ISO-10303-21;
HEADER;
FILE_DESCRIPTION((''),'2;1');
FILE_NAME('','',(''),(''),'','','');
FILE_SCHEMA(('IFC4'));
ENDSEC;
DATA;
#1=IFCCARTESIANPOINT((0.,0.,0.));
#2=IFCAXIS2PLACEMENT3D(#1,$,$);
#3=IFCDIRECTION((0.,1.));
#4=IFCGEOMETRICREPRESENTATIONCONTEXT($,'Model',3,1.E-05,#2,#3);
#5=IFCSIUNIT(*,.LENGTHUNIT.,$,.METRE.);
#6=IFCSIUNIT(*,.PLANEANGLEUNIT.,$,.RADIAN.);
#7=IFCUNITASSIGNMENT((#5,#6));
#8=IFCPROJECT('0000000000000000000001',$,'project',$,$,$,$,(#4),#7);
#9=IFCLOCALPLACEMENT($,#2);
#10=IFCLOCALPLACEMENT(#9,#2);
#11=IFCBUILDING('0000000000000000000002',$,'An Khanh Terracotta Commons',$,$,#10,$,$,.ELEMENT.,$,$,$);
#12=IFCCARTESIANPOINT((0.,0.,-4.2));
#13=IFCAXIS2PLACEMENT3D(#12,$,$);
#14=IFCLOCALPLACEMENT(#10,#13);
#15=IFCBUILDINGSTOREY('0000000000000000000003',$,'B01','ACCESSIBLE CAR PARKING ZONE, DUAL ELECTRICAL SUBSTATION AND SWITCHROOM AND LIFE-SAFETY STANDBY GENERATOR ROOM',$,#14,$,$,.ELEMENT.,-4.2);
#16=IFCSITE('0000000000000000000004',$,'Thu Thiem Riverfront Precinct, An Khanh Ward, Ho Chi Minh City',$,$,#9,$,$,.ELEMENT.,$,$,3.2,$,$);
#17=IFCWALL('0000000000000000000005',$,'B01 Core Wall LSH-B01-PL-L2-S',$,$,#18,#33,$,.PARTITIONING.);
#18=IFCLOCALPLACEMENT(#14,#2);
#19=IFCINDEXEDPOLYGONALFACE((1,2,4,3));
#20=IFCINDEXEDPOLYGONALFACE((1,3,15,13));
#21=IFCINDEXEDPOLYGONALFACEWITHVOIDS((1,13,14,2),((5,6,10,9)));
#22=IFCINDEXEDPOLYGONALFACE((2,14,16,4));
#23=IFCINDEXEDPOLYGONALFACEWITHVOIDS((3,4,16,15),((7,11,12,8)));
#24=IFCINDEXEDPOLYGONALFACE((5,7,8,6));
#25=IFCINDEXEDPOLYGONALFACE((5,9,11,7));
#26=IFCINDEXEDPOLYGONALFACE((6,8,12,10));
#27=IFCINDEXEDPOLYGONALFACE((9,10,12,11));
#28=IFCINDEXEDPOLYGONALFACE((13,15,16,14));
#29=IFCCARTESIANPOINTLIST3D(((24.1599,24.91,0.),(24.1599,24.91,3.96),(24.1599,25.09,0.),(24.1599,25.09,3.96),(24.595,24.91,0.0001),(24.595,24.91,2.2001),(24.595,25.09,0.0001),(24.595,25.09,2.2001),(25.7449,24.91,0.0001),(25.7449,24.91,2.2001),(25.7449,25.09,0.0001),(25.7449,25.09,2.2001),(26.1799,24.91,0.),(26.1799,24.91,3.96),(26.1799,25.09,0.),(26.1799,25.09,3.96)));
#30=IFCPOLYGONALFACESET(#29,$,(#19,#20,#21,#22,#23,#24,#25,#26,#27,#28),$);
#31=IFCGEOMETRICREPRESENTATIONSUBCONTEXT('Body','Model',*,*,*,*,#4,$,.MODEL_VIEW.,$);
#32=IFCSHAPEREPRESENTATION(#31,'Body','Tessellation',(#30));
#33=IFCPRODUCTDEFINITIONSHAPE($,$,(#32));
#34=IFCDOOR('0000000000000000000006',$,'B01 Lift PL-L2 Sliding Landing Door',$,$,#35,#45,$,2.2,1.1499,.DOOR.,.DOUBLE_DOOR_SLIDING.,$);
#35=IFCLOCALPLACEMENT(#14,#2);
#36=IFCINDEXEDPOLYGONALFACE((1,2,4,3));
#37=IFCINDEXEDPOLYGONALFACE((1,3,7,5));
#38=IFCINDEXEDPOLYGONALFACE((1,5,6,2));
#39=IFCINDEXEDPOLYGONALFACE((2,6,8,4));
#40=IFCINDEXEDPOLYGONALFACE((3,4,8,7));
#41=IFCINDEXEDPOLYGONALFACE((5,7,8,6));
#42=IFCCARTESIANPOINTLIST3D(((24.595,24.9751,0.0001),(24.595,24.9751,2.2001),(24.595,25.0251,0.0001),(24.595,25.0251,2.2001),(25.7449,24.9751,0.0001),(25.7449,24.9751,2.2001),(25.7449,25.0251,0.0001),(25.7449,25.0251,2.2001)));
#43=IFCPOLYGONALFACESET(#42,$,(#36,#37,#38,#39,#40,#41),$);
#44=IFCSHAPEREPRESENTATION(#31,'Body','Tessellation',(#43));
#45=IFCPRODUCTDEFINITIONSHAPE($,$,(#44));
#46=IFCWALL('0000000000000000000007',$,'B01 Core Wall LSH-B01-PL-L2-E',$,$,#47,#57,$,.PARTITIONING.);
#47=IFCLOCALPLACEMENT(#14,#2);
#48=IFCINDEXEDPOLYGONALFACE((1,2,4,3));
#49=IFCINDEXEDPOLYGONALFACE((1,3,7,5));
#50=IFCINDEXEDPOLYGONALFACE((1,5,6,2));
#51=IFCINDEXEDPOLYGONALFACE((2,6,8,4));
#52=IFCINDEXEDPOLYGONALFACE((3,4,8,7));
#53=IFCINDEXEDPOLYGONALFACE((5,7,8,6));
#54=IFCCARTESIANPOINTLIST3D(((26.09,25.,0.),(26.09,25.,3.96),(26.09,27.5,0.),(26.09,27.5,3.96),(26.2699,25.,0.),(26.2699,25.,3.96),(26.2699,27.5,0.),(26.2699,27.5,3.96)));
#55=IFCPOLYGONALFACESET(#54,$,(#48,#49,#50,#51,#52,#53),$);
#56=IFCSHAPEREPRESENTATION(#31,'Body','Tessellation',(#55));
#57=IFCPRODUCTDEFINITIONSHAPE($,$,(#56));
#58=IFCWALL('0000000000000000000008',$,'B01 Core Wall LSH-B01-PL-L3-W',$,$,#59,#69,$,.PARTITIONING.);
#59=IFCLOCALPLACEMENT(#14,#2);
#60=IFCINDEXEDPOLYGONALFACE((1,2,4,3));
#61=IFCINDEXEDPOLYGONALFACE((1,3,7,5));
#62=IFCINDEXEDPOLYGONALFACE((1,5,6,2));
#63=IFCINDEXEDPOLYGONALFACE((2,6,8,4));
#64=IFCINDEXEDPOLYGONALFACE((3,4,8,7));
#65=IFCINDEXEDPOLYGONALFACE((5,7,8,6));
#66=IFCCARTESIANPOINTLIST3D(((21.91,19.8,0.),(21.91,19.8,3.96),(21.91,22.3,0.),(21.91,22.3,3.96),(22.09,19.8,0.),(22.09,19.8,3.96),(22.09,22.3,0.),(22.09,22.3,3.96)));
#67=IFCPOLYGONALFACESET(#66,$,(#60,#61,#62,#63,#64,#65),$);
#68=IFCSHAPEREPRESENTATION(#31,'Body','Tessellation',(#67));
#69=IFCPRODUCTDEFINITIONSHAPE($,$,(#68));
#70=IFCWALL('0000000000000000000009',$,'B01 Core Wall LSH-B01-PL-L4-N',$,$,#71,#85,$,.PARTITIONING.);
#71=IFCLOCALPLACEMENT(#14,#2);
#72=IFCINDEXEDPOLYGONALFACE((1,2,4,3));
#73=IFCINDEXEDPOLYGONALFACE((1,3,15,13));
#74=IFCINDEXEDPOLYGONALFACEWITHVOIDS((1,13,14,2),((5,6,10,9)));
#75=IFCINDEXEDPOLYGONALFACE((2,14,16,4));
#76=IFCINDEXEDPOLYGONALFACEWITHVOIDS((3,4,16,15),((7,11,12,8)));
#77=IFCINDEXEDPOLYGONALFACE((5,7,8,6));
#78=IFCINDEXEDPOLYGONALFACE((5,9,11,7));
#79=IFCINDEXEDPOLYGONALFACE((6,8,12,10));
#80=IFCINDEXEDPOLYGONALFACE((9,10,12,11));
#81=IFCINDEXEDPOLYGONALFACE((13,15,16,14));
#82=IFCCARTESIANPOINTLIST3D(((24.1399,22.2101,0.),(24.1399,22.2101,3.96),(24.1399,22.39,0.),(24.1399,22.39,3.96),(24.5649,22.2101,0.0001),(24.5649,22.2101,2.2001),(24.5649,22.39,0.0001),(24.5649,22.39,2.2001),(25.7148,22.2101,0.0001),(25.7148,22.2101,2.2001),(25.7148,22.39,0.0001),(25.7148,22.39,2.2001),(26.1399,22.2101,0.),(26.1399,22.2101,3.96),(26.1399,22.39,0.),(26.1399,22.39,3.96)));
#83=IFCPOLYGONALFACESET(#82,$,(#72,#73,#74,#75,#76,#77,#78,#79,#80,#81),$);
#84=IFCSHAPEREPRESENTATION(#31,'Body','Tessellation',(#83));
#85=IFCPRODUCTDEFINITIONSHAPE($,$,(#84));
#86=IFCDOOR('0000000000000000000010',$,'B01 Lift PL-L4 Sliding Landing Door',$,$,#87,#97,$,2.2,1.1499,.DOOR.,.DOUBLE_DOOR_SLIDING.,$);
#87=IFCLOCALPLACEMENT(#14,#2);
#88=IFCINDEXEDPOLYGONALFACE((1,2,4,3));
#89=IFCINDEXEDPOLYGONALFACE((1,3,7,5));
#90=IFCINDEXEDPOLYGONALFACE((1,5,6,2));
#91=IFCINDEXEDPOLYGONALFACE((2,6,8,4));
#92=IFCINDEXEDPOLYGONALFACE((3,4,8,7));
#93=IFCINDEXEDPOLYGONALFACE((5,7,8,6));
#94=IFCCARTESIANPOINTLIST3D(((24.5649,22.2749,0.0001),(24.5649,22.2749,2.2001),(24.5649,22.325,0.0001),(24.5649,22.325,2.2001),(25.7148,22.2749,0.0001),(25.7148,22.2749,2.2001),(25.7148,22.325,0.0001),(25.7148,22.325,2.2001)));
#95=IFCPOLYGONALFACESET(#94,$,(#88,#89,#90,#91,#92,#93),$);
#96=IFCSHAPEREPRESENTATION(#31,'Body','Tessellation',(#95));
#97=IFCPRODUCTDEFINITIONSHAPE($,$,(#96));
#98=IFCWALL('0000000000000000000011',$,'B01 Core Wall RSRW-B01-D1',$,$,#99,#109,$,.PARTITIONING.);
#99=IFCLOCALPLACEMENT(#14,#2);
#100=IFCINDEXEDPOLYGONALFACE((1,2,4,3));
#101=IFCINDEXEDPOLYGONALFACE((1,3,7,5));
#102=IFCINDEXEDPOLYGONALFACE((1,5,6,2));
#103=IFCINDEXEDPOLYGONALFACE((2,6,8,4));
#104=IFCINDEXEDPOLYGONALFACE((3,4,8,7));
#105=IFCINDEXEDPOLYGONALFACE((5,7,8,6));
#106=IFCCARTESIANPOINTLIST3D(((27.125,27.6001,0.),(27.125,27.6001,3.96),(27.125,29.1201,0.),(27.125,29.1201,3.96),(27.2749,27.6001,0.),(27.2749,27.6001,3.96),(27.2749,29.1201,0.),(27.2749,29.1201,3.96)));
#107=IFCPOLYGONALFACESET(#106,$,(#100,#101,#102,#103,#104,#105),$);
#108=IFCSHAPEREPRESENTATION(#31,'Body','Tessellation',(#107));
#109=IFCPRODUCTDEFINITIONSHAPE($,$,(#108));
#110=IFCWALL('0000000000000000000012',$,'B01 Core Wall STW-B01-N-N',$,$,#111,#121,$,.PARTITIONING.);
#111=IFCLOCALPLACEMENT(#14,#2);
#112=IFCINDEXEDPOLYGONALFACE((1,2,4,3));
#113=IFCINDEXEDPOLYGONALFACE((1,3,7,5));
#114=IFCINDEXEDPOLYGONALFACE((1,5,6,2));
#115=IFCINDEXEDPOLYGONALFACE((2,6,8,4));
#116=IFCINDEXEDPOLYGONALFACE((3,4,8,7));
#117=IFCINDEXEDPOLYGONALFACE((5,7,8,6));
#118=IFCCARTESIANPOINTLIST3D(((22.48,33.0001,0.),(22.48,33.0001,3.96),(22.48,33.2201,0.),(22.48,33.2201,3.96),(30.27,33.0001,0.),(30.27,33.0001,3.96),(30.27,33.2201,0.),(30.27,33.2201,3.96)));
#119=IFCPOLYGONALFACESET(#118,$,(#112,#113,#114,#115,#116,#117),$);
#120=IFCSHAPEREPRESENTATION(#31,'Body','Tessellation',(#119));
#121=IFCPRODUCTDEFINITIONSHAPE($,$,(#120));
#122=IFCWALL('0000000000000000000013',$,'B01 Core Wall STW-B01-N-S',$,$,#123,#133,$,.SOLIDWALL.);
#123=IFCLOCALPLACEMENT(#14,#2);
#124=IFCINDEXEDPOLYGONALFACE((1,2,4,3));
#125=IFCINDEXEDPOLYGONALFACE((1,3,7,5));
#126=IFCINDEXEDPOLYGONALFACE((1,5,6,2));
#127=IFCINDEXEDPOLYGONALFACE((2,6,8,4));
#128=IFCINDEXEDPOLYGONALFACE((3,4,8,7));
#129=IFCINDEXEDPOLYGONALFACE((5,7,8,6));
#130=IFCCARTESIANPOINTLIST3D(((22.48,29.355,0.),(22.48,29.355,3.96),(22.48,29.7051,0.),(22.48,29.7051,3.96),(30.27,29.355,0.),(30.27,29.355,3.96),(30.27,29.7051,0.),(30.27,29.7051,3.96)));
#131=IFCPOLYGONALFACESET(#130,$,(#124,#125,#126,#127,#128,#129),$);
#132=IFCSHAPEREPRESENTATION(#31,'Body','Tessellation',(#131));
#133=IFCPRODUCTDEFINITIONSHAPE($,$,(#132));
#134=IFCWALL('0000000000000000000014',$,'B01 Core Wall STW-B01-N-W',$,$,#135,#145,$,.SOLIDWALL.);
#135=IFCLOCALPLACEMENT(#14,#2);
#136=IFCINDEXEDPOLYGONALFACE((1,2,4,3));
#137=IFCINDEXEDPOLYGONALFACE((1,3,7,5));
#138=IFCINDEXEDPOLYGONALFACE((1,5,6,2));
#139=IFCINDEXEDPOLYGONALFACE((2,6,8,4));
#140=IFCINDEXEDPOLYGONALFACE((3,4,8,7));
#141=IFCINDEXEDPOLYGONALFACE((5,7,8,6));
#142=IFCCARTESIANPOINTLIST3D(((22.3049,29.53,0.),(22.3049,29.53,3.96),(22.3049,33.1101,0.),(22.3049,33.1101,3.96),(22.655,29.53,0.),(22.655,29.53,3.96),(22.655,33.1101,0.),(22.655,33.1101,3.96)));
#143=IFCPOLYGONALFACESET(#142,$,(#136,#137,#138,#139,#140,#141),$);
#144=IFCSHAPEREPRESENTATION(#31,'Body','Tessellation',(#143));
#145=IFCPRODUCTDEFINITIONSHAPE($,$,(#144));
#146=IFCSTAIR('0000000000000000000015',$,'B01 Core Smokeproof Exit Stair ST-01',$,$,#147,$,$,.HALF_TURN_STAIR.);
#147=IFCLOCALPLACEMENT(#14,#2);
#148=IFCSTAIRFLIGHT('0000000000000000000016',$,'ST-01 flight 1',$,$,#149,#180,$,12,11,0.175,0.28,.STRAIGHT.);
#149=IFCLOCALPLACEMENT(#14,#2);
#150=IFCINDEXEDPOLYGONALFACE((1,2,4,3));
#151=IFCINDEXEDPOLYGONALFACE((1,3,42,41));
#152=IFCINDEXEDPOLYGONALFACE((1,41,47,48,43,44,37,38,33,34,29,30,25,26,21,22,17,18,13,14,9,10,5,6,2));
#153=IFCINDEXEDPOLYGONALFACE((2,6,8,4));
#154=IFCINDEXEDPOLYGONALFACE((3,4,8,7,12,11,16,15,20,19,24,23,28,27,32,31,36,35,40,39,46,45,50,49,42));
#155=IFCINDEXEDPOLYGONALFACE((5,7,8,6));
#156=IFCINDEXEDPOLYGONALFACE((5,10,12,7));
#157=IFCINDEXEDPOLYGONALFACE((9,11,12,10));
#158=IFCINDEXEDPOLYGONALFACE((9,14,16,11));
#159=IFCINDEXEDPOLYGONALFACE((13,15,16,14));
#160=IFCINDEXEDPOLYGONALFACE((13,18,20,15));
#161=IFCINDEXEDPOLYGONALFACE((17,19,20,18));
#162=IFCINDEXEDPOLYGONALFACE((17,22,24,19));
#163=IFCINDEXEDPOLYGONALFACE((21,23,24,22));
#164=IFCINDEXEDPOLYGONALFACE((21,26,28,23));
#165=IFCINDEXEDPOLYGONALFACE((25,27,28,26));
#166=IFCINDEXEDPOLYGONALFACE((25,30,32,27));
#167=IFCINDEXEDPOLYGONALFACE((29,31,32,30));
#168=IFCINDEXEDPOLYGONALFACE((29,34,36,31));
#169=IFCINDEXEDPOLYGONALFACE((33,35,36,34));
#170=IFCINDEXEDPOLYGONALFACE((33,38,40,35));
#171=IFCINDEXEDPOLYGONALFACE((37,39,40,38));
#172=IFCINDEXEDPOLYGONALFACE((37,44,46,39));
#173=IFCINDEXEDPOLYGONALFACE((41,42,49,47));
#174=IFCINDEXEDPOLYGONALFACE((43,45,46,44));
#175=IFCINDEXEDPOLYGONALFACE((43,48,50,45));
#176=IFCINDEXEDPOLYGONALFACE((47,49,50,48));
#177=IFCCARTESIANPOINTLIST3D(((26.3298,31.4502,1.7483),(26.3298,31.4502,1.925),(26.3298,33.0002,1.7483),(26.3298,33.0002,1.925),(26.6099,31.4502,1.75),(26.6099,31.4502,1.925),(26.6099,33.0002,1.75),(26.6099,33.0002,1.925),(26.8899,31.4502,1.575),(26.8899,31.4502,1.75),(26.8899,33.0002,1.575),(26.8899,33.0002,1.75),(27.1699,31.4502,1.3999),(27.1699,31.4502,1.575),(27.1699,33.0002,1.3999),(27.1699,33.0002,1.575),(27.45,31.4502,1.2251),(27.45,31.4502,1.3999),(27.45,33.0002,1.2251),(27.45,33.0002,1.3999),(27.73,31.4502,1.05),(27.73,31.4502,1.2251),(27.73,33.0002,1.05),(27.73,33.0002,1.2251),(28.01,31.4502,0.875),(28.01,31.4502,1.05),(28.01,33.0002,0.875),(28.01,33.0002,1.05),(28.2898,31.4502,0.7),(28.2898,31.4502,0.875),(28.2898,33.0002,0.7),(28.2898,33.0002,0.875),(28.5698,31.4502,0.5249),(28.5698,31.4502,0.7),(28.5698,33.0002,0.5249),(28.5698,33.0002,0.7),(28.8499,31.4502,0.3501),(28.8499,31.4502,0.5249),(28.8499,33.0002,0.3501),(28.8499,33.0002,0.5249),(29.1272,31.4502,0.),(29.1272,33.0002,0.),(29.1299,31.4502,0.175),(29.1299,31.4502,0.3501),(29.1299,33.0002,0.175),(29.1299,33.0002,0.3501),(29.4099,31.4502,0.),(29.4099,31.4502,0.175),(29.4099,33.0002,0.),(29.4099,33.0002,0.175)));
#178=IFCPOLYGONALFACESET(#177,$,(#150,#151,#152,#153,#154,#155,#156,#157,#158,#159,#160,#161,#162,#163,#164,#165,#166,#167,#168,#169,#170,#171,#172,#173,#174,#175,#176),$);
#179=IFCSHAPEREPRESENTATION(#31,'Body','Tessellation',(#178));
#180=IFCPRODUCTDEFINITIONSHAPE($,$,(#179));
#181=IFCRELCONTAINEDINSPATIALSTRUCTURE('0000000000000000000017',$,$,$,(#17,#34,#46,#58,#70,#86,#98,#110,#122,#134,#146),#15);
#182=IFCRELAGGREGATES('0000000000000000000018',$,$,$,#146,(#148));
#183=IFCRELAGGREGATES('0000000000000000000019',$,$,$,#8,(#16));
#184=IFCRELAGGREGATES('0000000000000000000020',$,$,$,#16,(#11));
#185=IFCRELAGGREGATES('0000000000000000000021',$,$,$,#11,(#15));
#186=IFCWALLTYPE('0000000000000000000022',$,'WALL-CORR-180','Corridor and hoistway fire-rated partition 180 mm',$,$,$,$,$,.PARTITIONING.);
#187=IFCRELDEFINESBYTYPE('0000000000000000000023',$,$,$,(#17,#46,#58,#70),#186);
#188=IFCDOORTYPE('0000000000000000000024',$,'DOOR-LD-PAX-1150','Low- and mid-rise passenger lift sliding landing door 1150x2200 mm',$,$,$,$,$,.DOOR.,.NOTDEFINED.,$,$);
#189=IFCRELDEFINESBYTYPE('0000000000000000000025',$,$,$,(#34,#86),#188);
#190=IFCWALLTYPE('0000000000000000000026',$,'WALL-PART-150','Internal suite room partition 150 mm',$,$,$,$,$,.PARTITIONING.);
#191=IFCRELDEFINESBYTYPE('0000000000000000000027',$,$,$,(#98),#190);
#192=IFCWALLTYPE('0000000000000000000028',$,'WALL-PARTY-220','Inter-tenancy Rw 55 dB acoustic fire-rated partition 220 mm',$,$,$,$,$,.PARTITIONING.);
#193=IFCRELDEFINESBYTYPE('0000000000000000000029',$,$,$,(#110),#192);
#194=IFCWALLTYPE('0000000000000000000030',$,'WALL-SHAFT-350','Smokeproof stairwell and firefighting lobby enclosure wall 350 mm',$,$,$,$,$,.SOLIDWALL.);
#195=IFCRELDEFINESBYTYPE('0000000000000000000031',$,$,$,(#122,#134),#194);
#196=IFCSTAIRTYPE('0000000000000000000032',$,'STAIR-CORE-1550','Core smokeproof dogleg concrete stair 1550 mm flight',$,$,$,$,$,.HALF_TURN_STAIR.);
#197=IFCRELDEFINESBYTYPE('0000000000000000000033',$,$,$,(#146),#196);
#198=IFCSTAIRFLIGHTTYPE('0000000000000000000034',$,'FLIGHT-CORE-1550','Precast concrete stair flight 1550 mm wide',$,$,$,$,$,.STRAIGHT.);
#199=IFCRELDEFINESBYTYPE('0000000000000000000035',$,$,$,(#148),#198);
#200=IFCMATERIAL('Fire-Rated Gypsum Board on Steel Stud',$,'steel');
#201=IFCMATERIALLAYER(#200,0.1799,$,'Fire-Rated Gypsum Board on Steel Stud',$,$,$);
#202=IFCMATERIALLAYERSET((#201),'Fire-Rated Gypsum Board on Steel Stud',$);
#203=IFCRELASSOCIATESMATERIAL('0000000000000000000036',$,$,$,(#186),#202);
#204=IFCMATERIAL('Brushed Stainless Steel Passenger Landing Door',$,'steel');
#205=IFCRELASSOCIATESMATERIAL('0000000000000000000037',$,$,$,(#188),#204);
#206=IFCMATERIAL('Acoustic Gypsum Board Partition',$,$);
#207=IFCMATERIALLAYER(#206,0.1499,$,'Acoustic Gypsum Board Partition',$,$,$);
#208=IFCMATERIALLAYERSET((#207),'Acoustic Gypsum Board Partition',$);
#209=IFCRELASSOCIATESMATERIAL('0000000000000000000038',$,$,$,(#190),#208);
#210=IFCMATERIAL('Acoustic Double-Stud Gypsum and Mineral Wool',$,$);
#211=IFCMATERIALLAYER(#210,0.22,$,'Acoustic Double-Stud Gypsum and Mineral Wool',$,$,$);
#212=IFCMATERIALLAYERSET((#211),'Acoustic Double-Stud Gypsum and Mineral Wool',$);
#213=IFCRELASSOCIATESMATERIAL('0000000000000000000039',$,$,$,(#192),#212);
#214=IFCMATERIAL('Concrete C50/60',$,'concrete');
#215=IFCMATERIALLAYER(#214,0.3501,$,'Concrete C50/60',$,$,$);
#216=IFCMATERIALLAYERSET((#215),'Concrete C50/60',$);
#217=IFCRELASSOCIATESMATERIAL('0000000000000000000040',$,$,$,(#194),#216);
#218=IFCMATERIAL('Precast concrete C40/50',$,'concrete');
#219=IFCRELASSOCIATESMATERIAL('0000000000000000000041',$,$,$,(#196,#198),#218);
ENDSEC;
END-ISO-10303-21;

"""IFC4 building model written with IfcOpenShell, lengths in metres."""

from ifc_helpers import new_model, si_unit, direction, frame, frame_2d, origin, place, context, subcontext, project, spatial, polyline, rectangle, outline, extrude, material, layer, layer_set, type_object, element, fill, aggregate, save


model = new_model("IFC4")

# Units and contexts
model_context = context("Model", 3, precision=1e-05, world=origin(), true_north=direction((0.0, 1.0)))
body_context = subcontext(model_context, "Body", "Model", "MODEL_VIEW")
ifc_project = project(units=[si_unit("LENGTHUNIT", "METRE"), si_unit("PLANEANGLEUNIT", "RADIAN")], contexts=[model_context])

# Site, building, storey
site_placement = place(None, origin())
site = spatial("IfcSite", under=ifc_project, at=site_placement, Name="Thu Thiem Riverfront Precinct, An Khanh Ward, Ho Chi Minh City", CompositionType="ELEMENT", RefElevation=3.2)
building_placement = place(site_placement, origin())
building = spatial("IfcBuilding", under=site, at=building_placement, Name="An Khanh Terracotta Commons", CompositionType="ELEMENT")
storey_placement = place(building_placement, frame((0.0, 0.0, -4.2)))
storey = spatial("IfcBuildingStorey", under=building, at=storey_placement, Name="B01", Description="ACCESSIBLE CAR PARKING ZONE, DUAL ELECTRICAL SUBSTATION AND SWITCHROOM AND LIFE-SAFETY STANDBY GENERATOR ROOM", CompositionType="ELEMENT", Elevation=-4.2)

# Shared definitions
ifc_material_1 = material(Name="Fire-Rated Gypsum Board on Steel Stud", Category="steel")
ifc_layer_1 = layer(ifc_material_1, 0.1799, Name="Fire-Rated Gypsum Board on Steel Stud")
ifc_layer_set_1 = layer_set([ifc_layer_1], Name="Fire-Rated Gypsum Board on Steel Stud")
wall_type_1 = type_object("IfcWallType", Name="WALL-CORR-180", Description="Corridor and hoistway fire-rated partition 180 mm", PredefinedType="PARTITIONING", material=ifc_layer_set_1)

# Shared definitions
ifc_material_2 = material(Name="Brushed Stainless Steel Passenger Landing Door", Category="steel")
door_type = type_object("IfcDoorType", Name="DOOR-LD-PAX-1150", Description="Low- and mid-rise passenger lift sliding landing door 1150x2200 mm", OperationType="NOTDEFINED", PredefinedType="DOOR", material=ifc_material_2)

# Wall, opening, door
wall_1_placement = place(storey_placement, frame((26.1799, 25.0, 0.0), z_axis=(0.0, 0.0, 1.0), x_axis=(-1.0, 0.0, 0.0)))
wall_1 = element("IfcWall", 1, at=wall_1_placement, inside=storey, type_object=wall_type_1, Name="B01 Core Wall LSH-B01-PL-L2-S", PredefinedType="PARTITIONING", context=body_context, shape_type="SweptSolid", body=[
    extrude(rectangle(XDim=2.02, YDim=0.1799, at=frame_2d((1.01, 0.0))), origin(), (0.0, 0.0, 1.0), 3.96),
])
opening_1_placement = place(wall_1_placement, frame((0.4351, 0.0, 0.0)))
opening_1 = element("IfcOpeningElement", 2, at=opening_1_placement, cuts=wall_1, PredefinedType="OPENING", context=body_context, shape_type="SweptSolid", body=[
    extrude(rectangle(XDim=1.1499, YDim=2.2, at=frame_2d((0.575, 1.1001))), frame((0.0, 0.0999, 0.0), z_axis=(0.0, -1.0, 0.0), x_axis=(1.0, 0.0, 0.0)), (0.0, 0.0, 1.0), 0.2),
])
door_1_placement = place(opening_1_placement, origin())
door_1 = element("IfcDoor", 3, at=door_1_placement, inside=storey, type_object=door_type, Name="B01 Lift PL-L2 Sliding Landing Door", OperationType="DOUBLE_DOOR_SLIDING", OverallHeight=2.2, OverallWidth=1.1499, PredefinedType="DOOR", context=body_context, shape_type="SweptSolid", body=[
    extrude(rectangle(XDim=1.1499, YDim=2.2, at=frame_2d((0.575, 1.1001))), frame((0.0, 0.0249, 0.0), z_axis=(0.0, -1.0, 0.0), x_axis=(1.0, 0.0, 0.0)), (0.0, 0.0, 1.0), 0.05),
])
fill(opening_1, door_1)

# Walls
for number, where, z_axis, x_axis, name in (
    (4, (26.1799, 25.0, 0.0), (0.0, 0.0, 1.0), (0.0, 1.0, 0.0), "B01 Core Wall LSH-B01-PL-L2-E"),
    (5, (22.0, 22.3, 0.0), (0.0, 0.0, 1.0), (0.0, -1.0, 0.0), "B01 Core Wall LSH-B01-PL-L3-W"),
):
    element("IfcWall", number, at=place(storey_placement, frame(where, z_axis=z_axis, x_axis=x_axis)), inside=storey, type_object=wall_type_1, Name=name, PredefinedType="PARTITIONING", context=body_context, shape_type="SweptSolid", body=[
        extrude(rectangle(XDim=2.5, YDim=0.1799, at=frame_2d((1.25, 0.0))), origin(), (0.0, 0.0, 1.0), 3.96),
    ])

# Wall, opening, door
wall_2_placement = place(storey_placement, frame((24.1399, 22.3, 0.0), z_axis=(0.0, 0.0, 1.0), x_axis=(1.0, 0.0, 0.0)))
wall_2 = element("IfcWall", 6, at=wall_2_placement, inside=storey, type_object=wall_type_1, Name="B01 Core Wall LSH-B01-PL-L4-N", PredefinedType="PARTITIONING", context=body_context, shape_type="SweptSolid", body=[
    extrude(rectangle(XDim=2.0, YDim=0.1799, at=frame_2d((1.0, 0.0))), origin(), (0.0, 0.0, 1.0), 3.96),
])
opening_2_placement = place(wall_2_placement, frame((0.425, 0.0, 0.0)))
opening_2 = element("IfcOpeningElement", 7, at=opening_2_placement, cuts=wall_2, PredefinedType="OPENING", context=body_context, shape_type="SweptSolid", body=[
    extrude(rectangle(XDim=1.1499, YDim=2.2, at=frame_2d((0.575, 1.1001))), frame((0.0, 0.0999, 0.0), z_axis=(0.0, -1.0, 0.0), x_axis=(1.0, 0.0, 0.0)), (0.0, 0.0, 1.0), 0.2),
])
door_2_placement = place(opening_2_placement, origin())
door_2 = element("IfcDoor", 8, at=door_2_placement, inside=storey, type_object=door_type, Name="B01 Lift PL-L4 Sliding Landing Door", OperationType="DOUBLE_DOOR_SLIDING", OverallHeight=2.2, OverallWidth=1.1499, PredefinedType="DOOR", context=body_context, shape_type="SweptSolid", body=[
    extrude(rectangle(XDim=1.1499, YDim=2.2, at=frame_2d((0.575, 1.1001))), frame((0.0, 0.0249, 0.0), z_axis=(0.0, -1.0, 0.0), x_axis=(1.0, 0.0, 0.0)), (0.0, 0.0, 1.0), 0.05),
])
fill(opening_2, door_2)

# Walls
ifc_material_3 = material(Name="Acoustic Gypsum Board Partition")
ifc_layer_2 = layer(ifc_material_3, 0.1499, Name="Acoustic Gypsum Board Partition")
ifc_layer_set_2 = layer_set([ifc_layer_2], Name="Acoustic Gypsum Board Partition")
wall_type_2 = type_object("IfcWallType", Name="WALL-PART-150", Description="Internal suite room partition 150 mm", PredefinedType="PARTITIONING", material=ifc_layer_set_2)
wall_3_placement = place(storey_placement, frame((27.2, 27.6001, 0.0), z_axis=(0.0, 0.0, 1.0), x_axis=(0.0, 1.0, 0.0)))
element("IfcWall", 9, at=wall_3_placement, inside=storey, type_object=wall_type_2, Name="B01 Core Wall RSRW-B01-D1", PredefinedType="PARTITIONING", context=body_context, shape_type="SweptSolid", body=[
    extrude(rectangle(XDim=1.52, YDim=0.1499, at=frame_2d((0.76, 0.0))), origin(), (0.0, 0.0, 1.0), 3.96),
])
ifc_material_4 = material(Name="Acoustic Double-Stud Gypsum and Mineral Wool")
ifc_layer_3 = layer(ifc_material_4, 0.22, Name="Acoustic Double-Stud Gypsum and Mineral Wool")
ifc_layer_set_3 = layer_set([ifc_layer_3], Name="Acoustic Double-Stud Gypsum and Mineral Wool")
wall_type_3 = type_object("IfcWallType", Name="WALL-PARTY-220", Description="Inter-tenancy Rw 55 dB acoustic fire-rated partition 220 mm", PredefinedType="PARTITIONING", material=ifc_layer_set_3)
wall_4_placement = place(storey_placement, frame((22.48, 33.1101, 0.0), z_axis=(0.0, 0.0, 1.0), x_axis=(1.0, 0.0, 0.0)))
element("IfcWall", 10, at=wall_4_placement, inside=storey, type_object=wall_type_3, Name="B01 Core Wall STW-B01-N-N", PredefinedType="PARTITIONING", context=body_context, shape_type="SweptSolid", body=[
    extrude(rectangle(XDim=7.79, YDim=0.22, at=frame_2d((3.895, 0.0))), origin(), (0.0, 0.0, 1.0), 3.96),
])
ifc_material_5 = material(Name="Concrete C50/60", Category="concrete")
ifc_layer_4 = layer(ifc_material_5, 0.3501, Name="Concrete C50/60")
ifc_layer_set_4 = layer_set([ifc_layer_4], Name="Concrete C50/60")
wall_type_4 = type_object("IfcWallType", Name="WALL-SHAFT-350", Description="Smokeproof stairwell and firefighting lobby enclosure wall 350 mm", PredefinedType="SOLIDWALL", material=ifc_layer_set_4)
wall_5_placement = place(storey_placement, frame((22.48, 29.53, 0.0), z_axis=(0.0, 0.0, 1.0), x_axis=(1.0, 0.0, 0.0)))
element("IfcWall", 11, at=wall_5_placement, inside=storey, type_object=wall_type_4, Name="B01 Core Wall STW-B01-N-S", PredefinedType="SOLIDWALL", context=body_context, shape_type="SweptSolid", body=[
    extrude(rectangle(XDim=7.79, YDim=0.3501, at=frame_2d((3.895, 0.0))), origin(), (0.0, 0.0, 1.0), 3.96),
])
wall_6_placement = place(storey_placement, frame((22.48, 29.53, 0.0), z_axis=(0.0, 0.0, 1.0), x_axis=(0.0, 1.0, 0.0)))
element("IfcWall", 12, at=wall_6_placement, inside=storey, type_object=wall_type_4, Name="B01 Core Wall STW-B01-N-W", PredefinedType="SOLIDWALL", context=body_context, shape_type="SweptSolid", body=[
    extrude(rectangle(XDim=3.5801, YDim=0.3501, at=frame_2d((1.79, 0.0))), origin(), (0.0, 0.0, 1.0), 3.96),
])

# Stair, stair flight
ifc_material_6 = material(Name="Precast concrete C40/50", Category="concrete")
stair_type = type_object("IfcStairType", Name="STAIR-CORE-1550", Description="Core smokeproof dogleg concrete stair 1550 mm flight", PredefinedType="HALF_TURN_STAIR", material=ifc_material_6)
stair_placement = place(storey_placement, origin())
stair = element("IfcStair", 13, at=stair_placement, inside=storey, type_object=stair_type, Name="B01 Core Smokeproof Exit Stair ST-01", PredefinedType="HALF_TURN_STAIR")
stair_flight_type = type_object("IfcStairFlightType", Name="FLIGHT-CORE-1550", Description="Precast concrete stair flight 1550 mm wide", PredefinedType="STRAIGHT", material=ifc_material_6)
stair_flight_1_placement = place(storey_placement, frame((29.4099, 32.2251, 0.0), z_axis=(0.0, 0.0, 1.0), x_axis=(-1.0, 0.0, 0.0)))
stair_flight_1 = element("IfcStairFlight", 14, at=stair_flight_1_placement, type_object=stair_flight_type, Name="ST-01 flight 1", NumberOfRisers=12, NumberOfTreads=11, PredefinedType="STRAIGHT", RiserHeight=0.175, TreadLength=0.28, context=body_context, shape_type="SweptSolid", body=[
    extrude(outline(polyline([(0.0, 0.0), (0.0, 0.175), (0.28, 0.175), (0.28, 0.3501), (0.5601, 0.3501), (0.5601, 0.5249), (0.8401, 0.5249), (0.8401, 0.7), (1.1201, 0.7), (1.1201, 0.875), (1.3999, 0.875), (1.3999, 1.05), (1.6799, 1.05), (1.6799, 1.2251), (1.96, 1.2251), (1.96, 1.3999), (2.24, 1.3999), (2.24, 1.575), (2.52, 1.575), (2.52, 1.75), (2.8, 1.75), (2.8, 1.925), (3.0801, 1.925), (3.0801, 2.1001), (3.0801, 1.7483), (0.2827, 0.0), (0.0, 0.0)])), frame((0.0, 0.7749, 0.0), z_axis=(0.0, -1.0, 0.0), x_axis=(1.0, 0.0, 0.0)), (0.0, 0.0, 1.0), 1.55),
])
aggregate(stair, [stair_flight_1])

save(model, "model.ifc")
